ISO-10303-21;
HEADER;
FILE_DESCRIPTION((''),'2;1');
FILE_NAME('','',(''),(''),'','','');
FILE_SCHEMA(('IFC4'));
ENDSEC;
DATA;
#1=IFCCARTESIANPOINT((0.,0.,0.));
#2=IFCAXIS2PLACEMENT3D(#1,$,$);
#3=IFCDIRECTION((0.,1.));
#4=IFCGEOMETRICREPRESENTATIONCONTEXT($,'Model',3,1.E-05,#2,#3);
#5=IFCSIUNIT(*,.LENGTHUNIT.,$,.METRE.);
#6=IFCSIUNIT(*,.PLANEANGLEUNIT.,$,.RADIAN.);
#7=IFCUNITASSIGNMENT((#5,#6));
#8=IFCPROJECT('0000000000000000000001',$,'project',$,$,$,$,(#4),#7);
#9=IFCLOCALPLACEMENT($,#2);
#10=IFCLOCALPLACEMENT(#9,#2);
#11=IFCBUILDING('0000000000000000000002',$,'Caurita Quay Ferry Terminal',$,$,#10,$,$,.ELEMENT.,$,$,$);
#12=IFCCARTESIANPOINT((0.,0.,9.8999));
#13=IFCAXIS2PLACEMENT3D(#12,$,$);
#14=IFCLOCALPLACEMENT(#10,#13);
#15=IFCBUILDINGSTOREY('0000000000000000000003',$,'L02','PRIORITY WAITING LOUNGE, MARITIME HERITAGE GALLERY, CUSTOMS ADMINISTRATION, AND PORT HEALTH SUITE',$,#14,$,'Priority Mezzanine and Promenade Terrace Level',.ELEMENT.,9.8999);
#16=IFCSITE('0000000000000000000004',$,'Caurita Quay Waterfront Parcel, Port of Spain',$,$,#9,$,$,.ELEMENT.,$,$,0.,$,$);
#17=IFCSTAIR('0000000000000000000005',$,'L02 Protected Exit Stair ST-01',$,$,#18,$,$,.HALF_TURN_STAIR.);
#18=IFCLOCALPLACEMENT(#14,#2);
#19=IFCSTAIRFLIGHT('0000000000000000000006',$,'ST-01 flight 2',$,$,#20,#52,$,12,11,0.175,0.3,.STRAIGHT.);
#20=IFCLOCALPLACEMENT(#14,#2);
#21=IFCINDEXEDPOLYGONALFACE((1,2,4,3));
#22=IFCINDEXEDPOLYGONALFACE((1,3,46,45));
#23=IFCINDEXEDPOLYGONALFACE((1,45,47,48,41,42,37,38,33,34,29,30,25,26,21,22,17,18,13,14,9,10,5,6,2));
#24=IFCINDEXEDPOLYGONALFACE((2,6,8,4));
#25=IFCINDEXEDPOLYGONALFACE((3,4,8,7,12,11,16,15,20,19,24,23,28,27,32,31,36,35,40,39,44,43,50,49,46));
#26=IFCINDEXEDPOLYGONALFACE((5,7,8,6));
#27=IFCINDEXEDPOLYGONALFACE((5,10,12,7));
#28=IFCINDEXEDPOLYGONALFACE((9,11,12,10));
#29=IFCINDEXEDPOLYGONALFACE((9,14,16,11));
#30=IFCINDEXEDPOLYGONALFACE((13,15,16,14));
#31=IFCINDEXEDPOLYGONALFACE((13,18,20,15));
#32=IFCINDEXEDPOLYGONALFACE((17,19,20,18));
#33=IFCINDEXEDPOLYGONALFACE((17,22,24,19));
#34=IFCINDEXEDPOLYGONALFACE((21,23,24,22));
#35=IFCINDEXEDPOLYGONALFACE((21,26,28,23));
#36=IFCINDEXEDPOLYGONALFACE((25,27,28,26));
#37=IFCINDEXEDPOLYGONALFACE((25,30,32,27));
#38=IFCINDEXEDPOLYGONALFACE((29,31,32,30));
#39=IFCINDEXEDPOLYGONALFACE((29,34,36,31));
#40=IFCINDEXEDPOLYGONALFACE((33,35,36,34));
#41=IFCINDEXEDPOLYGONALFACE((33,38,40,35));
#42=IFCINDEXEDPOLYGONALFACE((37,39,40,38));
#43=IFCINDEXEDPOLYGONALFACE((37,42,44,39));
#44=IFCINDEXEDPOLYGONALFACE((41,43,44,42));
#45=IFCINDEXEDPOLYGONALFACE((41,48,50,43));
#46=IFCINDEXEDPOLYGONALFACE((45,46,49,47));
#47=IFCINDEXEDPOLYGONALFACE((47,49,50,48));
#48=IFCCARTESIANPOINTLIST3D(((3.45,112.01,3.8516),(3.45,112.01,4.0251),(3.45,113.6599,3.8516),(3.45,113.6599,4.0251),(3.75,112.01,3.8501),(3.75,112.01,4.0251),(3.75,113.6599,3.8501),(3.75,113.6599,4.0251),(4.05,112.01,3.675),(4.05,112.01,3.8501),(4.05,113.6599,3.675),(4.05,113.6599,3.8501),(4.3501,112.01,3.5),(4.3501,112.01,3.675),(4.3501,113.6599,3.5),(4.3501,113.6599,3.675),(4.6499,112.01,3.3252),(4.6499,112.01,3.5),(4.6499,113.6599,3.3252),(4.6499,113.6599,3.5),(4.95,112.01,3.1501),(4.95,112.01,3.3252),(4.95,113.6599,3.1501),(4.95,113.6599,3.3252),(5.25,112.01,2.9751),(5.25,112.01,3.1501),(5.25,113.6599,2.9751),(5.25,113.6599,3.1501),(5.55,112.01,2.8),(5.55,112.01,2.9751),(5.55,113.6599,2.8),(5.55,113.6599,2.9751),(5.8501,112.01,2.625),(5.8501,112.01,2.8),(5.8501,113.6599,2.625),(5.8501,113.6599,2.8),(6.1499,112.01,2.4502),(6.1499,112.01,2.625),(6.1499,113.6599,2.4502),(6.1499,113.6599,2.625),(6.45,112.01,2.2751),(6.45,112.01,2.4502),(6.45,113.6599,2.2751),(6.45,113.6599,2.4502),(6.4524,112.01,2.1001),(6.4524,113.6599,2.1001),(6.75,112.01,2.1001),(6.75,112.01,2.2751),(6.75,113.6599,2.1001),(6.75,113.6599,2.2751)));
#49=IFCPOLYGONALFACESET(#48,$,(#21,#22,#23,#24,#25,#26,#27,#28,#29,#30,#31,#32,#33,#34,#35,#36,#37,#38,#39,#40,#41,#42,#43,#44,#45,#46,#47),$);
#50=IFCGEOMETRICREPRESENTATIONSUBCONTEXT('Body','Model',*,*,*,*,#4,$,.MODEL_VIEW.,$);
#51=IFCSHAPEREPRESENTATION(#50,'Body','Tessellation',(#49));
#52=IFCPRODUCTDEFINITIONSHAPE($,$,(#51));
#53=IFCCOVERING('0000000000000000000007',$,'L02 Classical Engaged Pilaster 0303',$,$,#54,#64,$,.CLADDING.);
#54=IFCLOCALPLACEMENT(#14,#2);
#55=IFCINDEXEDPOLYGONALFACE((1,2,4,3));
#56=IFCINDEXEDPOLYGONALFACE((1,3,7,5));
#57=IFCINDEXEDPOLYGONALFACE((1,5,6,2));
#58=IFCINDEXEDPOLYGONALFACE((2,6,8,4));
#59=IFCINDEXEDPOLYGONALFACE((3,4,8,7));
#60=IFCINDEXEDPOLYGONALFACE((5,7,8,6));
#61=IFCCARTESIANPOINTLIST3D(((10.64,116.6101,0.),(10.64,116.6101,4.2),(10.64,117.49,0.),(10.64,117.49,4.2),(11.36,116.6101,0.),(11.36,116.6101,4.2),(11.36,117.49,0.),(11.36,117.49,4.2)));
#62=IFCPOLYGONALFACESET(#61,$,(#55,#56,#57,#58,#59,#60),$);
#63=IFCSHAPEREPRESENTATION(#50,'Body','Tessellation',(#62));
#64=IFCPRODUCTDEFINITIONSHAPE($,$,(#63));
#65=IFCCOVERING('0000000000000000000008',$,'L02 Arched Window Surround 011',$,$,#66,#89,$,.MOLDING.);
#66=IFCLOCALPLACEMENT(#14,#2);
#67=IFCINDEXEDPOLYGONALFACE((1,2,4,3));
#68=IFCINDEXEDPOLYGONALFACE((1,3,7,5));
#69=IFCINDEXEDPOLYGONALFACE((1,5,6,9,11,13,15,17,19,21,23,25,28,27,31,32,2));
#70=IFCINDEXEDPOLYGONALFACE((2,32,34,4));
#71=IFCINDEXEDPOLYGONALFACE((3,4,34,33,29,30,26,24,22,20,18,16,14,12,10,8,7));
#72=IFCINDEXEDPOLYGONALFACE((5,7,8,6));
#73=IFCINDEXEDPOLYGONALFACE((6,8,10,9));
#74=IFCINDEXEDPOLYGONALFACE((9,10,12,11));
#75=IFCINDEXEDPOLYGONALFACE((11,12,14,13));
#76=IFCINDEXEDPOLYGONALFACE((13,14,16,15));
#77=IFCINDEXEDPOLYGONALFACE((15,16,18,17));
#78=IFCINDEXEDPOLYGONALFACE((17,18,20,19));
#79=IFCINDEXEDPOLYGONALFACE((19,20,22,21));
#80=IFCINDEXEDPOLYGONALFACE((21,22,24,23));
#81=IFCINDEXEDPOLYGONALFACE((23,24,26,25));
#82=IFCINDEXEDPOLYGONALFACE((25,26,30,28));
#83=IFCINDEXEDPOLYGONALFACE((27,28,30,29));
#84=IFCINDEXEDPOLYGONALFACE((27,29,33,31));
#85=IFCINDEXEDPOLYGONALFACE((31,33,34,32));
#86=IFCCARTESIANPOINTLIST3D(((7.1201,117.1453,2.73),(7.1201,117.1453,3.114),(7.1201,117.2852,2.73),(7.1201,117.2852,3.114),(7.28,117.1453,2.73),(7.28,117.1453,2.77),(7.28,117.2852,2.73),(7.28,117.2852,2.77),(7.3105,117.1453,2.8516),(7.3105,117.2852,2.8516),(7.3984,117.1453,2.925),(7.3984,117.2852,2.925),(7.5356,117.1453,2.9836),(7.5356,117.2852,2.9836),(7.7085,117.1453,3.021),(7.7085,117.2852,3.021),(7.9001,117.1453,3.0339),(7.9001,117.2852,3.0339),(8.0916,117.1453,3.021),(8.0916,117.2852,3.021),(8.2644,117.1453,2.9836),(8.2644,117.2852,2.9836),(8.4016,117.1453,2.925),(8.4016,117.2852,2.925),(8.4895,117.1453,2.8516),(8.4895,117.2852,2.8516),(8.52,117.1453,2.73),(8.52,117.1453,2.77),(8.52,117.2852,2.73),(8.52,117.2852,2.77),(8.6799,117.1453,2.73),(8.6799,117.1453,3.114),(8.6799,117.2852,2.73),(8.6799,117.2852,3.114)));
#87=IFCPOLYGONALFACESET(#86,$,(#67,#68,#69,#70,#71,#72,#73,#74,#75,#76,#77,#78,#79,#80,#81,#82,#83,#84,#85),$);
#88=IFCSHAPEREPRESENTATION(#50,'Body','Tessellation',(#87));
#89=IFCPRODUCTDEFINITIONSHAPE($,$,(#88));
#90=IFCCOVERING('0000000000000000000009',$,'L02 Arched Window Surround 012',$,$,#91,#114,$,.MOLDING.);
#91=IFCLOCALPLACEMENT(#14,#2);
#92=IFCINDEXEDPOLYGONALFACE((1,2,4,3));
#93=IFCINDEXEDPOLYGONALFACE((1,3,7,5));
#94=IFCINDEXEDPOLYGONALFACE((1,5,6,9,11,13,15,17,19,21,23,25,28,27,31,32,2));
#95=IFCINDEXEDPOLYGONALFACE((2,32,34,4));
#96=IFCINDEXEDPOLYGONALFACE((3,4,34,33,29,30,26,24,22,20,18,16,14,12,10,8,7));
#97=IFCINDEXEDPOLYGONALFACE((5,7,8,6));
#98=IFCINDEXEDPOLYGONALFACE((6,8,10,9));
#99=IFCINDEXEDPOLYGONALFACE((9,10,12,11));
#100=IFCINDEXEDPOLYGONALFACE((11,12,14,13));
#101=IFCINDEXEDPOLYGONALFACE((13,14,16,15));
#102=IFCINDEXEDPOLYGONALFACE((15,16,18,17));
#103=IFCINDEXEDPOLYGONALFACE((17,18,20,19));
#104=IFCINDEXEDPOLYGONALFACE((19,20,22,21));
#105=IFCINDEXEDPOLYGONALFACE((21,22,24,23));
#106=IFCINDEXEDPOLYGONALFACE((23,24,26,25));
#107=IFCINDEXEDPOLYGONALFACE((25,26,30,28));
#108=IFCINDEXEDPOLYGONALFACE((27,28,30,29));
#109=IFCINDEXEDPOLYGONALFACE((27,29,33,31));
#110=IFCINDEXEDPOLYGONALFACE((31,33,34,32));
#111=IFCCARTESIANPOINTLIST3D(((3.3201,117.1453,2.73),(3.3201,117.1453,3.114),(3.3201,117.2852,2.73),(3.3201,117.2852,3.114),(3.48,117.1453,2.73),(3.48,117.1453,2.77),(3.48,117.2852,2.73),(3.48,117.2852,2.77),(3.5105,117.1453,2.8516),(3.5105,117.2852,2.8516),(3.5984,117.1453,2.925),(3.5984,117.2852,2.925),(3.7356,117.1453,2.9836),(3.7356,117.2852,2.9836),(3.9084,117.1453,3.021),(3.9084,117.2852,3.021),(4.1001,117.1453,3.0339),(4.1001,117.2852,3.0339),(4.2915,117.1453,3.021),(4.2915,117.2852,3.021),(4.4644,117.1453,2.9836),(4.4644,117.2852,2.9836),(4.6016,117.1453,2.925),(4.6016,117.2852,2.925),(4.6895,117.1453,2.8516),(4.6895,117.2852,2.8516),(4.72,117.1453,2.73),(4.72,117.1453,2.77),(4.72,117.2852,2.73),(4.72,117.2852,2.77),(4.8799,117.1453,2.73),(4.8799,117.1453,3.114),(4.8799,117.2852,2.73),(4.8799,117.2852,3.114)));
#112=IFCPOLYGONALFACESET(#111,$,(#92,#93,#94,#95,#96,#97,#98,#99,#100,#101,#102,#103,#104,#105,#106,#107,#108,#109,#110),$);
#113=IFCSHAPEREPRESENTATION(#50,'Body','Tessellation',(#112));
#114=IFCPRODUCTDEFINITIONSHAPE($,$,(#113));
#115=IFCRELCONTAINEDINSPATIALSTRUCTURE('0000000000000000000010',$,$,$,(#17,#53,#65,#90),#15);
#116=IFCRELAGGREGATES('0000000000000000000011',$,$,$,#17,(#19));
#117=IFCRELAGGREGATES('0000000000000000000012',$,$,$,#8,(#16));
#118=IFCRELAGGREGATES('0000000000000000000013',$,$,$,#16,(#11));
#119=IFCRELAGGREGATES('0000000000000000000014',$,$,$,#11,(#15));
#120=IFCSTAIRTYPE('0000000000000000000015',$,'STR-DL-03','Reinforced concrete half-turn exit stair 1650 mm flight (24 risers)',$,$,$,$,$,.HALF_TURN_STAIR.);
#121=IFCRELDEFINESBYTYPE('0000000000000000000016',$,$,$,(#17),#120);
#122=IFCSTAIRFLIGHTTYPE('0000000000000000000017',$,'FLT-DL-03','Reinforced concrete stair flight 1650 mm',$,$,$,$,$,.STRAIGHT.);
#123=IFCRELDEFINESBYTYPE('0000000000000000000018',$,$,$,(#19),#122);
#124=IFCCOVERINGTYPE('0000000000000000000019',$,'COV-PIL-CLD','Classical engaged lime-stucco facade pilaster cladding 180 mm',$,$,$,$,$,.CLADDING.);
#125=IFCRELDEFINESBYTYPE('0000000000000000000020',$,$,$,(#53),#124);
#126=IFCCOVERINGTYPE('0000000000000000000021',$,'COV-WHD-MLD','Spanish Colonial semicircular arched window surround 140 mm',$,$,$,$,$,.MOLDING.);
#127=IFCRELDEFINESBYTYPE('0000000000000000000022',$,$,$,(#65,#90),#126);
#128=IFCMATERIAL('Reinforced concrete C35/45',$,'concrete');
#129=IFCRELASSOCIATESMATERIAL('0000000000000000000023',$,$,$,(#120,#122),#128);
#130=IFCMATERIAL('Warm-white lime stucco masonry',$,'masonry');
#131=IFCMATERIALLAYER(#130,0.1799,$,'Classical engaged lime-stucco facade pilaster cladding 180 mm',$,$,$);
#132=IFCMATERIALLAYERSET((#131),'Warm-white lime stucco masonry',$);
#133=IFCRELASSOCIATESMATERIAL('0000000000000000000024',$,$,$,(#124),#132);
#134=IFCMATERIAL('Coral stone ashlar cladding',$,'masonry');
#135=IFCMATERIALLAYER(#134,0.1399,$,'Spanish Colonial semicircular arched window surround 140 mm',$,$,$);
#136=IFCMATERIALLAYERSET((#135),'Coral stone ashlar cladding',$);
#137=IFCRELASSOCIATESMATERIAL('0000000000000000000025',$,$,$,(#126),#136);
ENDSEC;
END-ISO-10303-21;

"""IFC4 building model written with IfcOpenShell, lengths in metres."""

from ifc_helpers import new_model, si_unit, direction, frame, origin, origin_2d, place, context, subcontext, project, spatial, polyline, rectangle, outline, extrude, material, layer, layer_set, type_object, element, aggregate, save


model = new_model("IFC4")

# Units and contexts
model_context = context("Model", 3, precision=1e-05, world=origin(), true_north=direction((0.0, 1.0)))
body_context = subcontext(model_context, "Body", "Model", "MODEL_VIEW")
ifc_project = project(units=[si_unit("LENGTHUNIT", "METRE"), si_unit("PLANEANGLEUNIT", "RADIAN")], contexts=[model_context])

# Site, building, storey
site_placement = place(None, origin())
site = spatial("IfcSite", under=ifc_project, at=site_placement, Name="Caurita Quay Waterfront Parcel, Port of Spain", CompositionType="ELEMENT", RefElevation=0.0)
building_placement = place(site_placement, origin())
building = spatial("IfcBuilding", under=site, at=building_placement, Name="Caurita Quay Ferry Terminal", CompositionType="ELEMENT")
storey_placement = place(building_placement, frame((0.0, 0.0, 9.8999)))
storey = spatial("IfcBuildingStorey", under=building, at=storey_placement, Name="L02", Description="PRIORITY WAITING LOUNGE, MARITIME HERITAGE GALLERY, CUSTOMS ADMINISTRATION, AND PORT HEALTH SUITE", LongName="Priority Mezzanine and Promenade Terrace Level", CompositionType="ELEMENT", Elevation=9.8999)

# Shared definitions
ifc_material_1 = material(Name="Reinforced concrete C35/45", Category="concrete")

# Shared definitions
ifc_material_2 = material(Name="Warm-white lime stucco masonry", Category="masonry")

# Stair, stair flight
stair_type = type_object("IfcStairType", Name="STR-DL-03", Description="Reinforced concrete half-turn exit stair 1650 mm flight (24 risers)", PredefinedType="HALF_TURN_STAIR", material=ifc_material_1)
stair_placement = place(storey_placement, origin())
stair = element("IfcStair", 1, at=stair_placement, inside=storey, type_object=stair_type, Name="L02 Protected Exit Stair ST-01", PredefinedType="HALF_TURN_STAIR")
stair_flight_type = type_object("IfcStairFlightType", Name="FLT-DL-03", Description="Reinforced concrete stair flight 1650 mm", PredefinedType="STRAIGHT", material=ifc_material_1)
stair_flight_1_placement = place(storey_placement, frame((6.75, 112.835, 2.1001), z_axis=(0.0, 0.0, 1.0), x_axis=(-1.0, 0.0, 0.0)))
stair_flight_1 = element("IfcStairFlight", 2, at=stair_flight_1_placement, type_object=stair_flight_type, Name="ST-01 flight 2", NumberOfRisers=12, NumberOfTreads=11, PredefinedType="STRAIGHT", RiserHeight=0.175, TreadLength=0.3, context=body_context, shape_type="SweptSolid", body=[
    extrude(outline(polyline([(0.0, 0.0), (0.0, 0.175), (0.3, 0.175), (0.3, 0.3501), (0.6001, 0.3501), (0.6001, 0.5249), (0.8999, 0.5249), (0.8999, 0.7), (1.2, 0.7), (1.2, 0.875), (1.5, 0.875), (1.5, 1.05), (1.8, 1.05), (1.8, 1.2251), (2.1001, 1.2251), (2.1001, 1.3999), (2.3999, 1.3999), (2.3999, 1.575), (2.7, 1.575), (2.7, 1.75), (3.0, 1.75), (3.0, 1.925), (3.3, 1.925), (3.3, 2.1001), (3.3, 1.7515), (0.2976, 0.0), (0.0, 0.0)])), frame((0.0, 0.825, 0.0), z_axis=(0.0, -1.0, 0.0), x_axis=(1.0, 0.0, 0.0)), (0.0, 0.0, 1.0), 1.6499),
])
aggregate(stair, [stair_flight_1])

# Coverings
ifc_layer_1 = layer(ifc_material_2, 0.1799, Name="Classical engaged lime-stucco facade pilaster cladding 180 mm")
ifc_layer_set_1 = layer_set([ifc_layer_1], Name="Warm-white lime stucco masonry")
covering_type_1 = type_object("IfcCoveringType", Name="COV-PIL-CLD", Description="Classical engaged lime-stucco facade pilaster cladding 180 mm", PredefinedType="CLADDING", material=ifc_layer_set_1)
covering_placement = place(storey_placement, frame((11.0, 117.05, 0.0), z_axis=(0.0, 0.0, 1.0), x_axis=(1.0, 0.0, 0.0)))
element("IfcCovering", 3, at=covering_placement, inside=storey, type_object=covering_type_1, Name="L02 Classical Engaged Pilaster 0303", PredefinedType="CLADDING", context=body_context, shape_type="SweptSolid", body=[
    extrude(rectangle(XDim=0.72, YDim=0.8799, at=origin_2d()), origin(), (0.0, 0.0, 1.0), 4.2),
])
ifc_material_3 = material(Name="Coral stone ashlar cladding", Category="masonry")
ifc_layer_2 = layer(ifc_material_3, 0.1399, Name="Spanish Colonial semicircular arched window surround 140 mm")
ifc_layer_set_2 = layer_set([ifc_layer_2], Name="Coral stone ashlar cladding")
covering_type_2 = type_object("IfcCoveringType", Name="COV-WHD-MLD", Description="Spanish Colonial semicircular arched window surround 140 mm", PredefinedType="MOLDING", material=ifc_layer_set_2)
for number, where, z_axis, x_axis, name in (
    (4, (8.6799, 117.2151, 2.73), (0.0, 0.0, 1.0), (-1.0, 0.0, 0.0), "L02 Arched Window Surround 011"),
    (5, (4.8799, 117.2151, 2.73), (0.0, 0.0, 1.0), (-1.0, 0.0, 0.0), "L02 Arched Window Surround 012"),
):
    element("IfcCovering", number, at=place(storey_placement, frame(where, z_axis=z_axis, x_axis=x_axis)), inside=storey, type_object=covering_type_2, Name=name, PredefinedType="MOLDING", context=body_context, shape_type="SweptSolid", body=[
        extrude(outline(polyline([(0.0, 0.0), (0.1599, 0.0), (0.1599, 0.04), (0.1904, 0.1216), (0.2783, 0.1951), (0.4155, 0.2537), (0.5884, 0.291), (0.7798, 0.304), (0.9714, 0.291), (1.1443, 0.2537), (1.2815, 0.1951), (1.3694, 0.1216), (1.3999, 0.04), (1.3999, 0.0), (1.5598, 0.0), (1.5598, 0.384), (0.0, 0.384), (0.0, 0.0)])), frame((0.0, 0.0698, 0.0), z_axis=(0.0, -1.0, 0.0), x_axis=(1.0, 0.0, 0.0)), (0.0, 0.0, 1.0), 0.1399),
    ])

save(model, "model.ifc")
